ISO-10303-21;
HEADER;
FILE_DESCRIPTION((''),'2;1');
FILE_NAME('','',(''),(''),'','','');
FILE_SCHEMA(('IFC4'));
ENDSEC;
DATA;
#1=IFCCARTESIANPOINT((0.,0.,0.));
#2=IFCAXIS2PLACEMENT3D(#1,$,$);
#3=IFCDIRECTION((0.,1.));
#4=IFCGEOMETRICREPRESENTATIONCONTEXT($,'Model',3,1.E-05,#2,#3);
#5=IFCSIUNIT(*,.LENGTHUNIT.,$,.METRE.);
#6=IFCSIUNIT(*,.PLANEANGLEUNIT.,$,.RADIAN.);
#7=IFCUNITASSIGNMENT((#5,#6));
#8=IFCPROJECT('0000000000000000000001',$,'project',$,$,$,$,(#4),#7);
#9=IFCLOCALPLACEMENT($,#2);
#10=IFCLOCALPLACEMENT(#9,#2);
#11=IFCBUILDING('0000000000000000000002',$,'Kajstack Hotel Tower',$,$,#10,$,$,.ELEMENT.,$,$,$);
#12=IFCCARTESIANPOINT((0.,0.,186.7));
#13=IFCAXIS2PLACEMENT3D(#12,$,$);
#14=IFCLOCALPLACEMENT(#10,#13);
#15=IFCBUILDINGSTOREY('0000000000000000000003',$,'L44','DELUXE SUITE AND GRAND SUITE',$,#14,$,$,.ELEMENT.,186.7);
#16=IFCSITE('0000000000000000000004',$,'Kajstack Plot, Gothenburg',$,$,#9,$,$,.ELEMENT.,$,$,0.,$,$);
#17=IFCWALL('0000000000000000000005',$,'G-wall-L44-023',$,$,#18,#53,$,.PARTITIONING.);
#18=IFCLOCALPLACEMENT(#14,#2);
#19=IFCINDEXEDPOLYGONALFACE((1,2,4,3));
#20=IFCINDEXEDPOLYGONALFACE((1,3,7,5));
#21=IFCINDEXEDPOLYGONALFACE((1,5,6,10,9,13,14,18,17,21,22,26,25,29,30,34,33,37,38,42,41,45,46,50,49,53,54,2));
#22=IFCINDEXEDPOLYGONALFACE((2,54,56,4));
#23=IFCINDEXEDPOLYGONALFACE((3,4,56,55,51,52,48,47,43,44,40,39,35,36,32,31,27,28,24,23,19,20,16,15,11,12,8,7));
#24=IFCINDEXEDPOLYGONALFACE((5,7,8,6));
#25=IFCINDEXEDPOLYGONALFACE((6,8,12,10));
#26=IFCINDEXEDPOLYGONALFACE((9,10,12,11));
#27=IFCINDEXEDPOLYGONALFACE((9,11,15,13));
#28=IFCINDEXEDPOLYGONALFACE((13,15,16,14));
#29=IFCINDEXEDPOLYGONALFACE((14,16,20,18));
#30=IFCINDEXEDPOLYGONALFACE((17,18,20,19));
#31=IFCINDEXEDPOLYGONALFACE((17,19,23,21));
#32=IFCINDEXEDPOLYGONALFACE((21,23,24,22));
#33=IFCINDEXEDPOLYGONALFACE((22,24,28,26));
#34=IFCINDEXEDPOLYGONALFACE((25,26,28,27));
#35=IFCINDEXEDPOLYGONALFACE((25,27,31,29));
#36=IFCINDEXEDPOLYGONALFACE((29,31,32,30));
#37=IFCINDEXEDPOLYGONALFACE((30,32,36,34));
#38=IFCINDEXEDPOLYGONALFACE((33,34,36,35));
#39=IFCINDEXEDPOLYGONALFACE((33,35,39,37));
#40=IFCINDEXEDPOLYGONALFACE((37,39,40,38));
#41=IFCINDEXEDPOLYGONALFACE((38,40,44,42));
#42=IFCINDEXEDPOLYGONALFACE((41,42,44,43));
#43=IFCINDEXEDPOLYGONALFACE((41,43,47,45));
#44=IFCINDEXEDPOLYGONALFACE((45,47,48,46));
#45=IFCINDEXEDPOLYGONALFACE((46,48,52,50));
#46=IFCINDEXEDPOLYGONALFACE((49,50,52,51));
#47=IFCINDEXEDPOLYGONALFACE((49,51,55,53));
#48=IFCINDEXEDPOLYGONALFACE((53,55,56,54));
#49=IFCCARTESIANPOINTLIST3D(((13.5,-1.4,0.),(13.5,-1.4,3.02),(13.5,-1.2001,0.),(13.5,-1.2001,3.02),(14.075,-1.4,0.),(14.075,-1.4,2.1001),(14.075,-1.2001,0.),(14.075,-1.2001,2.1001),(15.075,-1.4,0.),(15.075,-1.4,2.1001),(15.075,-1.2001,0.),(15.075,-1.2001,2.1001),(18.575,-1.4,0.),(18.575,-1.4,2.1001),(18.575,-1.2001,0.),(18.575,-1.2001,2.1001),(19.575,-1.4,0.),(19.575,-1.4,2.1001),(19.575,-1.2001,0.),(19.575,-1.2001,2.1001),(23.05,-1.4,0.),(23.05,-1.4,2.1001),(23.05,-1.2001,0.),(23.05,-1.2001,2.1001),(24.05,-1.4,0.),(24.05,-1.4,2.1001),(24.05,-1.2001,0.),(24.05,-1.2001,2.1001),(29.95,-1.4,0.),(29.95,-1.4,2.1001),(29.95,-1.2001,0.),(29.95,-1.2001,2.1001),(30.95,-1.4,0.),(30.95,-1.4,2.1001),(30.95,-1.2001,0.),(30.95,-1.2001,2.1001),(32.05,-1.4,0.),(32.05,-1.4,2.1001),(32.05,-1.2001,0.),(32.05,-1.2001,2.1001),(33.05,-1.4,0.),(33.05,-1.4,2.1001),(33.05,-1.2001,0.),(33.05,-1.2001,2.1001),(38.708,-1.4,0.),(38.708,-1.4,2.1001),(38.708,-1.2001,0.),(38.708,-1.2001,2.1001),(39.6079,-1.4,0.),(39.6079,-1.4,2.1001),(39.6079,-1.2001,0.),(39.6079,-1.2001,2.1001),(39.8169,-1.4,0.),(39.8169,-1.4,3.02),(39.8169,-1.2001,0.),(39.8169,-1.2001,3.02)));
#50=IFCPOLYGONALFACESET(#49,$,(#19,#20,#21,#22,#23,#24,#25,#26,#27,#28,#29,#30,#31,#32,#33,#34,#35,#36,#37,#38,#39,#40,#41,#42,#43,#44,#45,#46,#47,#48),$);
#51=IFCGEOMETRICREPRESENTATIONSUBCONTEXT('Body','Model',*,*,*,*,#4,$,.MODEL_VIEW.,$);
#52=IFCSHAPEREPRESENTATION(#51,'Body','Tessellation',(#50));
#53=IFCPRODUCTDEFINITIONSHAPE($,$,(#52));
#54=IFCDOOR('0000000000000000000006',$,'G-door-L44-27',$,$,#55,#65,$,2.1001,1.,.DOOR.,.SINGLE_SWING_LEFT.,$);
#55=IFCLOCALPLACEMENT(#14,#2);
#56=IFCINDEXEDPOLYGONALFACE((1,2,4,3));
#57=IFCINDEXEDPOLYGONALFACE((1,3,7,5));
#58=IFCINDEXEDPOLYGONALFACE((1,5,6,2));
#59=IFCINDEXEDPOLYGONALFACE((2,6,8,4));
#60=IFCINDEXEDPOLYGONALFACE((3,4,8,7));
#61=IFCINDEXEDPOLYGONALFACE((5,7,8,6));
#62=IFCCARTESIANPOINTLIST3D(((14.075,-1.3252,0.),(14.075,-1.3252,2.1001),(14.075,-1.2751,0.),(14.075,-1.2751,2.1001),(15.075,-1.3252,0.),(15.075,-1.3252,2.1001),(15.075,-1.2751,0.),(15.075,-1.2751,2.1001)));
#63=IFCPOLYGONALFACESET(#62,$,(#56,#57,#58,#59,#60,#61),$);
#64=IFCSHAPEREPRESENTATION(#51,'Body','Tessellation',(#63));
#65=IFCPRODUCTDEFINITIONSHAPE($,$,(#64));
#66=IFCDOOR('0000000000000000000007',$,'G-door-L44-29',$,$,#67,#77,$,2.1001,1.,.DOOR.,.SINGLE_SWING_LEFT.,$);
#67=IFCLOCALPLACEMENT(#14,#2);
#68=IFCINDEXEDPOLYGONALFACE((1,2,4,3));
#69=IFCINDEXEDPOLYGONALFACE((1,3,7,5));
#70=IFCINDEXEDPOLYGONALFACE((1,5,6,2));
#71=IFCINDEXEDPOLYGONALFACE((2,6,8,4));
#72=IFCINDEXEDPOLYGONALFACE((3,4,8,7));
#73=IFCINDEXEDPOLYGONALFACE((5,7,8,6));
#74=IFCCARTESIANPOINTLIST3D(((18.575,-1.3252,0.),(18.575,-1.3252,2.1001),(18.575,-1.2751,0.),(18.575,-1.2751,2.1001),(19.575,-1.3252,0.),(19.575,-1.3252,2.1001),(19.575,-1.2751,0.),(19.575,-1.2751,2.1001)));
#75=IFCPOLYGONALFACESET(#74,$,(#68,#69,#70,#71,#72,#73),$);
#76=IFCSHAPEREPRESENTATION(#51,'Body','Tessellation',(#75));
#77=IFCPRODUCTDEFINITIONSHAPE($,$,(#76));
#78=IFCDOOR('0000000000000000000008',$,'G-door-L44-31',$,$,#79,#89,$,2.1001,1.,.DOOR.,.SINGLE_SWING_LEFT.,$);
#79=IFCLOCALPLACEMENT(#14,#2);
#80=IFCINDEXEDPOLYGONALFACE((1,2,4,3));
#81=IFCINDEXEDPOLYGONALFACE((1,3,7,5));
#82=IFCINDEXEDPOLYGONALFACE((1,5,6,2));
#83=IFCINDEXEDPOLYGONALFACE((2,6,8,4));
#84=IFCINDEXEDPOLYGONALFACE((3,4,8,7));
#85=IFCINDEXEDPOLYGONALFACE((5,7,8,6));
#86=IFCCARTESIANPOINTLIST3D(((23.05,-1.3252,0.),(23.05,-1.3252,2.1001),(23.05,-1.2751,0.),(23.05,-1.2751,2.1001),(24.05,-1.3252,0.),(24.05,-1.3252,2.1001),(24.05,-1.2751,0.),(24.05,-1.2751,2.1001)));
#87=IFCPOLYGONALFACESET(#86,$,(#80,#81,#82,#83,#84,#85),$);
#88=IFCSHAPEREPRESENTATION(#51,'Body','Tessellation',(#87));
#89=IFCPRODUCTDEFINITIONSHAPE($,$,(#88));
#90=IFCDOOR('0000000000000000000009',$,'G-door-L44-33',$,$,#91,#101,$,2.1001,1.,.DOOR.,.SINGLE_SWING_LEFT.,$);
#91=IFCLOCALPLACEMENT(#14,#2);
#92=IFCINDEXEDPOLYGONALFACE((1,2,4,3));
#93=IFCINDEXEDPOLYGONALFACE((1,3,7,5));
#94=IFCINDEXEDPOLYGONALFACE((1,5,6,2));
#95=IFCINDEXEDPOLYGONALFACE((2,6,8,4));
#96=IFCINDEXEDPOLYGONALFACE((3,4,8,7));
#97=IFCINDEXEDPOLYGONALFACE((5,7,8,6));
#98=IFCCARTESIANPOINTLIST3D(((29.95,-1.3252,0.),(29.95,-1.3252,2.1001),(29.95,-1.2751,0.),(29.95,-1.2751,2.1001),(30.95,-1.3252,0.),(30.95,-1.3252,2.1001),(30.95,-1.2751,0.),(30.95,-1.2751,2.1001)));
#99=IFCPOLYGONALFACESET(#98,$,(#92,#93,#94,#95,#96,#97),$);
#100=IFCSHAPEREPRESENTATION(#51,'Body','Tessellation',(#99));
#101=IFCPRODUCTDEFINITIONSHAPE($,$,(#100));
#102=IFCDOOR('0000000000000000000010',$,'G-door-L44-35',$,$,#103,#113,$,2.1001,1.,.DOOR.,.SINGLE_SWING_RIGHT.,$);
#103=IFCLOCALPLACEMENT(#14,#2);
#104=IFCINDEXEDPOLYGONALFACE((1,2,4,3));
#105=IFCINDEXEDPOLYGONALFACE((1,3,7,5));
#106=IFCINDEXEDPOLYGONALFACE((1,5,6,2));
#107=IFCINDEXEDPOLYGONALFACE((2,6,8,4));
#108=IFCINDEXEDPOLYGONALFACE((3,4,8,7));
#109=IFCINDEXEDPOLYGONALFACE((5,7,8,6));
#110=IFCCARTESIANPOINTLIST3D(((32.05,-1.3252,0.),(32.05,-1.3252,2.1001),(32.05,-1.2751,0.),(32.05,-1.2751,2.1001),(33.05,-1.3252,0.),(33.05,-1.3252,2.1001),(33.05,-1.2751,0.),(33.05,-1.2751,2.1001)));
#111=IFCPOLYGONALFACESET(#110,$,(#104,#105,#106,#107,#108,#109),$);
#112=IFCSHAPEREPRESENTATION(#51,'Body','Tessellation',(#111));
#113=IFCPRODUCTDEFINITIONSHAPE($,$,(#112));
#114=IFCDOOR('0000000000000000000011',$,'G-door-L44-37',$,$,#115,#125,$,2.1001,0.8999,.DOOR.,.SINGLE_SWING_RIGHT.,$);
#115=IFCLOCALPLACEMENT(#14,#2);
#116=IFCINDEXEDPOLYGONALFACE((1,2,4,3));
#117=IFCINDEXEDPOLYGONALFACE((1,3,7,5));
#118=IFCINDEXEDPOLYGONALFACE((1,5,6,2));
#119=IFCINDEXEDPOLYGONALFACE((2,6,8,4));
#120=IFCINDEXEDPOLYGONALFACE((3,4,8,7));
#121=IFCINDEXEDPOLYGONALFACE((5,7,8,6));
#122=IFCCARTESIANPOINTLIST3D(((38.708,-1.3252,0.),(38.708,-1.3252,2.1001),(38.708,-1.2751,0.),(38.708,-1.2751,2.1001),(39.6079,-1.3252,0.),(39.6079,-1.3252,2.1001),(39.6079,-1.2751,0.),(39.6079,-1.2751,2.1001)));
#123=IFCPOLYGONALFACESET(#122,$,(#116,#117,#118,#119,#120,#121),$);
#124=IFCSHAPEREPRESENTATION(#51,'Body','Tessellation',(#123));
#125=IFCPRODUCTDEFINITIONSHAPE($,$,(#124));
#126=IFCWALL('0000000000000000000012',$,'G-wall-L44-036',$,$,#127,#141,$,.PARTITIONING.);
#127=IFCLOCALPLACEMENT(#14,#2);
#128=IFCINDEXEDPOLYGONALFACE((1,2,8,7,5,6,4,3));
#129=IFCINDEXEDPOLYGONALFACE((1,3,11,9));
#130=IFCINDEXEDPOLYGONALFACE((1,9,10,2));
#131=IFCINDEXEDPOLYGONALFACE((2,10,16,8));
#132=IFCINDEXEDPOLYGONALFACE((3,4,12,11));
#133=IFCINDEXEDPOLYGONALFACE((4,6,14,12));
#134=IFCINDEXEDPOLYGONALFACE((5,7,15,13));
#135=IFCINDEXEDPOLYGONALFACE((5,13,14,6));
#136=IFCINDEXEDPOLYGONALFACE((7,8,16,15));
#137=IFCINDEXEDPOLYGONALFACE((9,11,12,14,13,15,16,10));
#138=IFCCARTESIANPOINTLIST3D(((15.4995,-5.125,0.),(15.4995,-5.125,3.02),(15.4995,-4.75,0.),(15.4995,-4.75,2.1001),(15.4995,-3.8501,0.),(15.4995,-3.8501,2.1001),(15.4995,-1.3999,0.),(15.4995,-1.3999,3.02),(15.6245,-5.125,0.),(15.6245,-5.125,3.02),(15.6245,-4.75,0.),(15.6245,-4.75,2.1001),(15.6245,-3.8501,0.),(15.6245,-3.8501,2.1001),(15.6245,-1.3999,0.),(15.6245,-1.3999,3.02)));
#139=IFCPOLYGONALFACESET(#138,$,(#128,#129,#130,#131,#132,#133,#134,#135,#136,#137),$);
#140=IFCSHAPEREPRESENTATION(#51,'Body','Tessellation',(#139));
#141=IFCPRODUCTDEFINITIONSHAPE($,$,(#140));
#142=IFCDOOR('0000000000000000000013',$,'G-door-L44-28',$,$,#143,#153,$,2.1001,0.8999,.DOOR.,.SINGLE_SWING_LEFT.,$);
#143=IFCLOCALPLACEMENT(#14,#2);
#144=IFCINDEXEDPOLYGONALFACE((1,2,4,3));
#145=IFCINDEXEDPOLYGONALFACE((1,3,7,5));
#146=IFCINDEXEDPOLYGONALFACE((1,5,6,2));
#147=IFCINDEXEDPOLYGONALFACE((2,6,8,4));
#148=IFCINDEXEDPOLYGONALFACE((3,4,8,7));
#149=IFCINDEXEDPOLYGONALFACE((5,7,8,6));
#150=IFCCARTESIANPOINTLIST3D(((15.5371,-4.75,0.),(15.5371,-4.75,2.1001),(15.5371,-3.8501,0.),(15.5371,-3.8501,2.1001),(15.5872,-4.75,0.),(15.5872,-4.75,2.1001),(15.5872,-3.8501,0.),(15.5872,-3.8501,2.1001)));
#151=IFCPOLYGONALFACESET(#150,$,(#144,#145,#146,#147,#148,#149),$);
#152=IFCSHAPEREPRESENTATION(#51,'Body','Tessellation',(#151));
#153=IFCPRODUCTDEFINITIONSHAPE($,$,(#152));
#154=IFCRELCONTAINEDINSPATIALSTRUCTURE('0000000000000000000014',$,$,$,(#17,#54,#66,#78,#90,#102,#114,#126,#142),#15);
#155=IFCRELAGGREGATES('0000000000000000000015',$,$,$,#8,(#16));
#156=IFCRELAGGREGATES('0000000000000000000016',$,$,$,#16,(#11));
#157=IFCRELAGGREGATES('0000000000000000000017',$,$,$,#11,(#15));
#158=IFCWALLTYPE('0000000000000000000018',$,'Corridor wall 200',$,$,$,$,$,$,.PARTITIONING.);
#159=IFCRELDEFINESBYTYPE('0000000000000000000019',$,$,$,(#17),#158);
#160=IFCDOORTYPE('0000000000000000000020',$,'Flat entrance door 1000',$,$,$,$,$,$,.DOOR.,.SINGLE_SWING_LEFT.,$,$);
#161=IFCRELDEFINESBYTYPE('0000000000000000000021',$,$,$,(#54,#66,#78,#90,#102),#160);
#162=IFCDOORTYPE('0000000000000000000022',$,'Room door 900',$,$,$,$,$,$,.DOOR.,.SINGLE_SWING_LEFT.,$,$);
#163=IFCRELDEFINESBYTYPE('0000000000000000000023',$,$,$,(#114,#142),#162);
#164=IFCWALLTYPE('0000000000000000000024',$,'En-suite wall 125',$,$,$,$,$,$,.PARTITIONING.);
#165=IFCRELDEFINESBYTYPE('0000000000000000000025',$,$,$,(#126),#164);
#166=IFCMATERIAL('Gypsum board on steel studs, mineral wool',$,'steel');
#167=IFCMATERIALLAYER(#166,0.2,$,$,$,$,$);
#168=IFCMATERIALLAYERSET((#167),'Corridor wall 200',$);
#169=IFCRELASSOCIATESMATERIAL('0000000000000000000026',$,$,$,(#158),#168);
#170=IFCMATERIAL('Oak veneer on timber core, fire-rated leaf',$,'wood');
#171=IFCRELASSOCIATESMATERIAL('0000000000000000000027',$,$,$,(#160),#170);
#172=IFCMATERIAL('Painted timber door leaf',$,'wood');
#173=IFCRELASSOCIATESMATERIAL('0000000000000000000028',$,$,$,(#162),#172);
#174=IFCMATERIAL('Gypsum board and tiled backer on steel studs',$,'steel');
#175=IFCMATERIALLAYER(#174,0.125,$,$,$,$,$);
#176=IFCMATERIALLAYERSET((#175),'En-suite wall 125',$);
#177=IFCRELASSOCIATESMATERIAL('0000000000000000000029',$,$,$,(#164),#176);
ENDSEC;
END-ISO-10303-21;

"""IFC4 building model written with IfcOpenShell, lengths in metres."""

from ifc_helpers import new_model, si_unit, direction, frame, frame_2d, origin, place, context, subcontext, project, spatial, rectangle, extrude, material, layer, layer_set, type_object, element, fill, save


model = new_model("IFC4")

# Units and contexts
model_context = context("Model", 3, precision=1e-05, world=origin(), true_north=direction((0.0, 1.0)))
body_context = subcontext(model_context, "Body", "Model", "MODEL_VIEW")
ifc_project = project(units=[si_unit("LENGTHUNIT", "METRE"), si_unit("PLANEANGLEUNIT", "RADIAN")], contexts=[model_context])

# Site, building, storey
site_placement = place(None, origin())
site = spatial("IfcSite", under=ifc_project, at=site_placement, Name="Kajstack Plot, Gothenburg", CompositionType="ELEMENT", RefElevation=0.0)
building_placement = place(site_placement, origin())
building = spatial("IfcBuilding", under=site, at=building_placement, Name="Kajstack Hotel Tower", CompositionType="ELEMENT")
storey_placement = place(building_placement, frame((0.0, 0.0, 186.7)))
storey = spatial("IfcBuildingStorey", under=building, at=storey_placement, Name="L44", Description="DELUXE SUITE AND GRAND SUITE", CompositionType="ELEMENT", Elevation=186.7)

# Wall, openings, doors
ifc_material_1 = material(Name="Gypsum board on steel studs, mineral wool", Category="steel")
ifc_layer_1 = layer(ifc_material_1, 0.2)
ifc_layer_set_1 = layer_set([ifc_layer_1], Name="Corridor wall 200")
wall_type_1 = type_object("IfcWallType", Name="Corridor wall 200", PredefinedType="PARTITIONING", material=ifc_layer_set_1)
wall_1_placement = place(storey_placement, frame((13.5, -1.3, 0.0), z_axis=(0.0, 0.0, 1.0), x_axis=(1.0, 0.0, 0.0)))
wall_1 = element("IfcWall", 1, at=wall_1_placement, inside=storey, type_object=wall_type_1, Name="G-wall-L44-023", PredefinedType="PARTITIONING", context=body_context, shape_type="SweptSolid", body=[
    extrude(rectangle(XDim=26.3169, YDim=0.2, at=frame_2d((13.1584, 0.0))), origin(), (0.0, 0.0, 1.0), 3.02),
])
opening_1_placement = place(wall_1_placement, frame((0.575, 0.0, 0.0)))
opening_1 = element("IfcOpeningElement", 2, at=opening_1_placement, cuts=wall_1, PredefinedType="OPENING", context=body_context, shape_type="SweptSolid", body=[
    extrude(rectangle(XDim=1.0, YDim=2.1001, at=frame_2d((0.5, 1.05))), frame((0.0, 0.1099, 0.0), z_axis=(0.0, -1.0, 0.0), x_axis=(1.0, 0.0, 0.0)), (0.0, 0.0, 1.0), 0.22),
])
opening_2_placement = place(wall_1_placement, frame((5.075, 0.0, 0.0)))
opening_2 = element("IfcOpeningElement", 3, at=opening_2_placement, cuts=wall_1, PredefinedType="OPENING", context=body_context, shape_type="SweptSolid", body=[
    extrude(rectangle(XDim=1.0, YDim=2.1001, at=frame_2d((0.5, 1.05))), frame((0.0, 0.1099, 0.0), z_axis=(0.0, -1.0, 0.0), x_axis=(1.0, 0.0, 0.0)), (0.0, 0.0, 1.0), 0.22),
])
opening_3_placement = place(wall_1_placement, frame((9.55, 0.0, 0.0)))
opening_3 = element("IfcOpeningElement", 4, at=opening_3_placement, cuts=wall_1, PredefinedType="OPENING", context=body_context, shape_type="SweptSolid", body=[
    extrude(rectangle(XDim=1.0, YDim=2.1001, at=frame_2d((0.5, 1.05))), frame((0.0, 0.1099, 0.0), z_axis=(0.0, -1.0, 0.0), x_axis=(1.0, 0.0, 0.0)), (0.0, 0.0, 1.0), 0.22),
])
opening_4_placement = place(wall_1_placement, frame((16.45, 0.0, 0.0)))
opening_4 = element("IfcOpeningElement", 5, at=opening_4_placement, cuts=wall_1, PredefinedType="OPENING", context=body_context, shape_type="SweptSolid", body=[
    extrude(rectangle(XDim=1.0, YDim=2.1001, at=frame_2d((0.5, 1.05))), frame((0.0, 0.1099, 0.0), z_axis=(0.0, -1.0, 0.0), x_axis=(1.0, 0.0, 0.0)), (0.0, 0.0, 1.0), 0.22),
])
opening_5_placement = place(wall_1_placement, frame((18.55, 0.0, 0.0)))
opening_5 = element("IfcOpeningElement", 6, at=opening_5_placement, cuts=wall_1, PredefinedType="OPENING", context=body_context, shape_type="SweptSolid", body=[
    extrude(rectangle(XDim=1.0, YDim=2.1001, at=frame_2d((0.5, 1.05))), frame((0.0, 0.1099, 0.0), z_axis=(0.0, -1.0, 0.0), x_axis=(1.0, 0.0, 0.0)), (0.0, 0.0, 1.0), 0.22),
])
opening_6_placement = place(wall_1_placement, frame((25.208, 0.0, 0.0)))
opening_6 = element("IfcOpeningElement", 7, at=opening_6_placement, cuts=wall_1, PredefinedType="OPENING", context=body_context, shape_type="SweptSolid", body=[
    extrude(rectangle(XDim=0.8999, YDim=2.1001, at=frame_2d((0.45, 1.05))), frame((0.0, 0.1099, 0.0), z_axis=(0.0, -1.0, 0.0), x_axis=(1.0, 0.0, 0.0)), (0.0, 0.0, 1.0), 0.22),
])
ifc_material_2 = material(Name="Oak veneer on timber core, fire-rated leaf", Category="wood")
door_type_1 = type_object("IfcDoorType", Name="Flat entrance door 1000", OperationType="SINGLE_SWING_LEFT", PredefinedType="DOOR", material=ifc_material_2)
door_1_placement = place(opening_1_placement, origin())
door_1 = element("IfcDoor", 8, at=door_1_placement, inside=storey, type_object=door_type_1, Name="G-door-L44-27", OperationType="SINGLE_SWING_LEFT", OverallHeight=2.1001, OverallWidth=1.0, PredefinedType="DOOR", context=body_context, shape_type="SweptSolid", body=[
    extrude(rectangle(XDim=1.0, YDim=2.1001, at=frame_2d((0.5, 1.05))), frame((0.0, 0.0249, 0.0), z_axis=(0.0, -1.0, 0.0), x_axis=(1.0, 0.0, 0.0)), (0.0, 0.0, 1.0), 0.05),
])
fill(opening_1, door_1)
door_2_placement = place(opening_2_placement, origin())
door_2 = element("IfcDoor", 9, at=door_2_placement, inside=storey, type_object=door_type_1, Name="G-door-L44-29", OperationType="SINGLE_SWING_LEFT", OverallHeight=2.1001, OverallWidth=1.0, PredefinedType="DOOR", context=body_context, shape_type="SweptSolid", body=[
    extrude(rectangle(XDim=1.0, YDim=2.1001, at=frame_2d((0.5, 1.05))), frame((0.0, 0.0249, 0.0), z_axis=(0.0, -1.0, 0.0), x_axis=(1.0, 0.0, 0.0)), (0.0, 0.0, 1.0), 0.05),
])
fill(opening_2, door_2)
door_3_placement = place(opening_3_placement, origin())
door_3 = element("IfcDoor", 10, at=door_3_placement, inside=storey, type_object=door_type_1, Name="G-door-L44-31", OperationType="SINGLE_SWING_LEFT", OverallHeight=2.1001, OverallWidth=1.0, PredefinedType="DOOR", context=body_context, shape_type="SweptSolid", body=[
    extrude(rectangle(XDim=1.0, YDim=2.1001, at=frame_2d((0.5, 1.05))), frame((0.0, 0.0249, 0.0), z_axis=(0.0, -1.0, 0.0), x_axis=(1.0, 0.0, 0.0)), (0.0, 0.0, 1.0), 0.05),
])
fill(opening_3, door_3)
door_4_placement = place(opening_4_placement, origin())
door_4 = element("IfcDoor", 11, at=door_4_placement, inside=storey, type_object=door_type_1, Name="G-door-L44-33", OperationType="SINGLE_SWING_LEFT", OverallHeight=2.1001, OverallWidth=1.0, PredefinedType="DOOR", context=body_context, shape_type="SweptSolid", body=[
    extrude(rectangle(XDim=1.0, YDim=2.1001, at=frame_2d((0.5, 1.05))), frame((0.0, 0.0249, 0.0), z_axis=(0.0, -1.0, 0.0), x_axis=(1.0, 0.0, 0.0)), (0.0, 0.0, 1.0), 0.05),
])
fill(opening_4, door_4)
door_5_placement = place(opening_5_placement, origin())
door_5 = element("IfcDoor", 12, at=door_5_placement, inside=storey, type_object=door_type_1, Name="G-door-L44-35", OperationType="SINGLE_SWING_RIGHT", OverallHeight=2.1001, OverallWidth=1.0, PredefinedType="DOOR", context=body_context, shape_type="SweptSolid", body=[
    extrude(rectangle(XDim=1.0, YDim=2.1001, at=frame_2d((0.5, 1.05))), frame((0.0, 0.0249, 0.0), z_axis=(0.0, -1.0, 0.0), x_axis=(1.0, 0.0, 0.0)), (0.0, 0.0, 1.0), 0.05),
])
fill(opening_5, door_5)
ifc_material_3 = material(Name="Painted timber door leaf", Category="wood")
door_type_2 = type_object("IfcDoorType", Name="Room door 900", OperationType="SINGLE_SWING_LEFT", PredefinedType="DOOR", material=ifc_material_3)
door_6_placement = place(opening_6_placement, origin())
door_6 = element("IfcDoor", 13, at=door_6_placement, inside=storey, type_object=door_type_2, Name="G-door-L44-37", OperationType="SINGLE_SWING_RIGHT", OverallHeight=2.1001, OverallWidth=0.8999, PredefinedType="DOOR", context=body_context, shape_type="SweptSolid", body=[
    extrude(rectangle(XDim=0.8999, YDim=2.1001, at=frame_2d((0.45, 1.05))), frame((0.0, 0.0249, 0.0), z_axis=(0.0, -1.0, 0.0), x_axis=(1.0, 0.0, 0.0)), (0.0, 0.0, 1.0), 0.05),
])
fill(opening_6, door_6)

# Wall, opening, door
ifc_material_4 = material(Name="Gypsum board and tiled backer on steel studs", Category="steel")
ifc_layer_2 = layer(ifc_material_4, 0.125)
ifc_layer_set_2 = layer_set([ifc_layer_2], Name="En-suite wall 125")
wall_type_2 = type_object("IfcWallType", Name="En-suite wall 125", PredefinedType="PARTITIONING", material=ifc_layer_set_2)
wall_2_placement = place(storey_placement, frame((15.562, -5.125, 0.0), z_axis=(0.0, 0.0, 1.0), x_axis=(0.0, 1.0, 0.0)))
wall_2 = element("IfcWall", 14, at=wall_2_placement, inside=storey, type_object=wall_type_2, Name="G-wall-L44-036", PredefinedType="PARTITIONING", context=body_context, shape_type="SweptSolid", body=[
    extrude(rectangle(XDim=3.7251, YDim=0.125, at=frame_2d((1.8625, 0.0))), origin(), (0.0, 0.0, 1.0), 3.02),
])
opening_7_placement = place(wall_2_placement, frame((0.375, 0.0, 0.0)))
opening_7 = element("IfcOpeningElement", 15, at=opening_7_placement, cuts=wall_2, PredefinedType="OPENING", context=body_context, shape_type="SweptSolid", body=[
    extrude(rectangle(XDim=0.8999, YDim=2.1001, at=frame_2d((0.45, 1.05))), frame((0.0, 0.0725, 0.0), z_axis=(0.0, -1.0, 0.0), x_axis=(1.0, 0.0, 0.0)), (0.0, 0.0, 1.0), 0.145),
])
door_7_placement = place(opening_7_placement, origin())
door_7 = element("IfcDoor", 16, at=door_7_placement, inside=storey, type_object=door_type_2, Name="G-door-L44-28", OperationType="SINGLE_SWING_LEFT", OverallHeight=2.1001, OverallWidth=0.8999, PredefinedType="DOOR", context=body_context, shape_type="SweptSolid", body=[
    extrude(rectangle(XDim=0.8999, YDim=2.1001, at=frame_2d((0.45, 1.05))), frame((0.0, 0.0249, 0.0), z_axis=(0.0, -1.0, 0.0), x_axis=(1.0, 0.0, 0.0)), (0.0, 0.0, 1.0), 0.05),
])
fill(opening_7, door_7)

save(model, "model.ifc")
